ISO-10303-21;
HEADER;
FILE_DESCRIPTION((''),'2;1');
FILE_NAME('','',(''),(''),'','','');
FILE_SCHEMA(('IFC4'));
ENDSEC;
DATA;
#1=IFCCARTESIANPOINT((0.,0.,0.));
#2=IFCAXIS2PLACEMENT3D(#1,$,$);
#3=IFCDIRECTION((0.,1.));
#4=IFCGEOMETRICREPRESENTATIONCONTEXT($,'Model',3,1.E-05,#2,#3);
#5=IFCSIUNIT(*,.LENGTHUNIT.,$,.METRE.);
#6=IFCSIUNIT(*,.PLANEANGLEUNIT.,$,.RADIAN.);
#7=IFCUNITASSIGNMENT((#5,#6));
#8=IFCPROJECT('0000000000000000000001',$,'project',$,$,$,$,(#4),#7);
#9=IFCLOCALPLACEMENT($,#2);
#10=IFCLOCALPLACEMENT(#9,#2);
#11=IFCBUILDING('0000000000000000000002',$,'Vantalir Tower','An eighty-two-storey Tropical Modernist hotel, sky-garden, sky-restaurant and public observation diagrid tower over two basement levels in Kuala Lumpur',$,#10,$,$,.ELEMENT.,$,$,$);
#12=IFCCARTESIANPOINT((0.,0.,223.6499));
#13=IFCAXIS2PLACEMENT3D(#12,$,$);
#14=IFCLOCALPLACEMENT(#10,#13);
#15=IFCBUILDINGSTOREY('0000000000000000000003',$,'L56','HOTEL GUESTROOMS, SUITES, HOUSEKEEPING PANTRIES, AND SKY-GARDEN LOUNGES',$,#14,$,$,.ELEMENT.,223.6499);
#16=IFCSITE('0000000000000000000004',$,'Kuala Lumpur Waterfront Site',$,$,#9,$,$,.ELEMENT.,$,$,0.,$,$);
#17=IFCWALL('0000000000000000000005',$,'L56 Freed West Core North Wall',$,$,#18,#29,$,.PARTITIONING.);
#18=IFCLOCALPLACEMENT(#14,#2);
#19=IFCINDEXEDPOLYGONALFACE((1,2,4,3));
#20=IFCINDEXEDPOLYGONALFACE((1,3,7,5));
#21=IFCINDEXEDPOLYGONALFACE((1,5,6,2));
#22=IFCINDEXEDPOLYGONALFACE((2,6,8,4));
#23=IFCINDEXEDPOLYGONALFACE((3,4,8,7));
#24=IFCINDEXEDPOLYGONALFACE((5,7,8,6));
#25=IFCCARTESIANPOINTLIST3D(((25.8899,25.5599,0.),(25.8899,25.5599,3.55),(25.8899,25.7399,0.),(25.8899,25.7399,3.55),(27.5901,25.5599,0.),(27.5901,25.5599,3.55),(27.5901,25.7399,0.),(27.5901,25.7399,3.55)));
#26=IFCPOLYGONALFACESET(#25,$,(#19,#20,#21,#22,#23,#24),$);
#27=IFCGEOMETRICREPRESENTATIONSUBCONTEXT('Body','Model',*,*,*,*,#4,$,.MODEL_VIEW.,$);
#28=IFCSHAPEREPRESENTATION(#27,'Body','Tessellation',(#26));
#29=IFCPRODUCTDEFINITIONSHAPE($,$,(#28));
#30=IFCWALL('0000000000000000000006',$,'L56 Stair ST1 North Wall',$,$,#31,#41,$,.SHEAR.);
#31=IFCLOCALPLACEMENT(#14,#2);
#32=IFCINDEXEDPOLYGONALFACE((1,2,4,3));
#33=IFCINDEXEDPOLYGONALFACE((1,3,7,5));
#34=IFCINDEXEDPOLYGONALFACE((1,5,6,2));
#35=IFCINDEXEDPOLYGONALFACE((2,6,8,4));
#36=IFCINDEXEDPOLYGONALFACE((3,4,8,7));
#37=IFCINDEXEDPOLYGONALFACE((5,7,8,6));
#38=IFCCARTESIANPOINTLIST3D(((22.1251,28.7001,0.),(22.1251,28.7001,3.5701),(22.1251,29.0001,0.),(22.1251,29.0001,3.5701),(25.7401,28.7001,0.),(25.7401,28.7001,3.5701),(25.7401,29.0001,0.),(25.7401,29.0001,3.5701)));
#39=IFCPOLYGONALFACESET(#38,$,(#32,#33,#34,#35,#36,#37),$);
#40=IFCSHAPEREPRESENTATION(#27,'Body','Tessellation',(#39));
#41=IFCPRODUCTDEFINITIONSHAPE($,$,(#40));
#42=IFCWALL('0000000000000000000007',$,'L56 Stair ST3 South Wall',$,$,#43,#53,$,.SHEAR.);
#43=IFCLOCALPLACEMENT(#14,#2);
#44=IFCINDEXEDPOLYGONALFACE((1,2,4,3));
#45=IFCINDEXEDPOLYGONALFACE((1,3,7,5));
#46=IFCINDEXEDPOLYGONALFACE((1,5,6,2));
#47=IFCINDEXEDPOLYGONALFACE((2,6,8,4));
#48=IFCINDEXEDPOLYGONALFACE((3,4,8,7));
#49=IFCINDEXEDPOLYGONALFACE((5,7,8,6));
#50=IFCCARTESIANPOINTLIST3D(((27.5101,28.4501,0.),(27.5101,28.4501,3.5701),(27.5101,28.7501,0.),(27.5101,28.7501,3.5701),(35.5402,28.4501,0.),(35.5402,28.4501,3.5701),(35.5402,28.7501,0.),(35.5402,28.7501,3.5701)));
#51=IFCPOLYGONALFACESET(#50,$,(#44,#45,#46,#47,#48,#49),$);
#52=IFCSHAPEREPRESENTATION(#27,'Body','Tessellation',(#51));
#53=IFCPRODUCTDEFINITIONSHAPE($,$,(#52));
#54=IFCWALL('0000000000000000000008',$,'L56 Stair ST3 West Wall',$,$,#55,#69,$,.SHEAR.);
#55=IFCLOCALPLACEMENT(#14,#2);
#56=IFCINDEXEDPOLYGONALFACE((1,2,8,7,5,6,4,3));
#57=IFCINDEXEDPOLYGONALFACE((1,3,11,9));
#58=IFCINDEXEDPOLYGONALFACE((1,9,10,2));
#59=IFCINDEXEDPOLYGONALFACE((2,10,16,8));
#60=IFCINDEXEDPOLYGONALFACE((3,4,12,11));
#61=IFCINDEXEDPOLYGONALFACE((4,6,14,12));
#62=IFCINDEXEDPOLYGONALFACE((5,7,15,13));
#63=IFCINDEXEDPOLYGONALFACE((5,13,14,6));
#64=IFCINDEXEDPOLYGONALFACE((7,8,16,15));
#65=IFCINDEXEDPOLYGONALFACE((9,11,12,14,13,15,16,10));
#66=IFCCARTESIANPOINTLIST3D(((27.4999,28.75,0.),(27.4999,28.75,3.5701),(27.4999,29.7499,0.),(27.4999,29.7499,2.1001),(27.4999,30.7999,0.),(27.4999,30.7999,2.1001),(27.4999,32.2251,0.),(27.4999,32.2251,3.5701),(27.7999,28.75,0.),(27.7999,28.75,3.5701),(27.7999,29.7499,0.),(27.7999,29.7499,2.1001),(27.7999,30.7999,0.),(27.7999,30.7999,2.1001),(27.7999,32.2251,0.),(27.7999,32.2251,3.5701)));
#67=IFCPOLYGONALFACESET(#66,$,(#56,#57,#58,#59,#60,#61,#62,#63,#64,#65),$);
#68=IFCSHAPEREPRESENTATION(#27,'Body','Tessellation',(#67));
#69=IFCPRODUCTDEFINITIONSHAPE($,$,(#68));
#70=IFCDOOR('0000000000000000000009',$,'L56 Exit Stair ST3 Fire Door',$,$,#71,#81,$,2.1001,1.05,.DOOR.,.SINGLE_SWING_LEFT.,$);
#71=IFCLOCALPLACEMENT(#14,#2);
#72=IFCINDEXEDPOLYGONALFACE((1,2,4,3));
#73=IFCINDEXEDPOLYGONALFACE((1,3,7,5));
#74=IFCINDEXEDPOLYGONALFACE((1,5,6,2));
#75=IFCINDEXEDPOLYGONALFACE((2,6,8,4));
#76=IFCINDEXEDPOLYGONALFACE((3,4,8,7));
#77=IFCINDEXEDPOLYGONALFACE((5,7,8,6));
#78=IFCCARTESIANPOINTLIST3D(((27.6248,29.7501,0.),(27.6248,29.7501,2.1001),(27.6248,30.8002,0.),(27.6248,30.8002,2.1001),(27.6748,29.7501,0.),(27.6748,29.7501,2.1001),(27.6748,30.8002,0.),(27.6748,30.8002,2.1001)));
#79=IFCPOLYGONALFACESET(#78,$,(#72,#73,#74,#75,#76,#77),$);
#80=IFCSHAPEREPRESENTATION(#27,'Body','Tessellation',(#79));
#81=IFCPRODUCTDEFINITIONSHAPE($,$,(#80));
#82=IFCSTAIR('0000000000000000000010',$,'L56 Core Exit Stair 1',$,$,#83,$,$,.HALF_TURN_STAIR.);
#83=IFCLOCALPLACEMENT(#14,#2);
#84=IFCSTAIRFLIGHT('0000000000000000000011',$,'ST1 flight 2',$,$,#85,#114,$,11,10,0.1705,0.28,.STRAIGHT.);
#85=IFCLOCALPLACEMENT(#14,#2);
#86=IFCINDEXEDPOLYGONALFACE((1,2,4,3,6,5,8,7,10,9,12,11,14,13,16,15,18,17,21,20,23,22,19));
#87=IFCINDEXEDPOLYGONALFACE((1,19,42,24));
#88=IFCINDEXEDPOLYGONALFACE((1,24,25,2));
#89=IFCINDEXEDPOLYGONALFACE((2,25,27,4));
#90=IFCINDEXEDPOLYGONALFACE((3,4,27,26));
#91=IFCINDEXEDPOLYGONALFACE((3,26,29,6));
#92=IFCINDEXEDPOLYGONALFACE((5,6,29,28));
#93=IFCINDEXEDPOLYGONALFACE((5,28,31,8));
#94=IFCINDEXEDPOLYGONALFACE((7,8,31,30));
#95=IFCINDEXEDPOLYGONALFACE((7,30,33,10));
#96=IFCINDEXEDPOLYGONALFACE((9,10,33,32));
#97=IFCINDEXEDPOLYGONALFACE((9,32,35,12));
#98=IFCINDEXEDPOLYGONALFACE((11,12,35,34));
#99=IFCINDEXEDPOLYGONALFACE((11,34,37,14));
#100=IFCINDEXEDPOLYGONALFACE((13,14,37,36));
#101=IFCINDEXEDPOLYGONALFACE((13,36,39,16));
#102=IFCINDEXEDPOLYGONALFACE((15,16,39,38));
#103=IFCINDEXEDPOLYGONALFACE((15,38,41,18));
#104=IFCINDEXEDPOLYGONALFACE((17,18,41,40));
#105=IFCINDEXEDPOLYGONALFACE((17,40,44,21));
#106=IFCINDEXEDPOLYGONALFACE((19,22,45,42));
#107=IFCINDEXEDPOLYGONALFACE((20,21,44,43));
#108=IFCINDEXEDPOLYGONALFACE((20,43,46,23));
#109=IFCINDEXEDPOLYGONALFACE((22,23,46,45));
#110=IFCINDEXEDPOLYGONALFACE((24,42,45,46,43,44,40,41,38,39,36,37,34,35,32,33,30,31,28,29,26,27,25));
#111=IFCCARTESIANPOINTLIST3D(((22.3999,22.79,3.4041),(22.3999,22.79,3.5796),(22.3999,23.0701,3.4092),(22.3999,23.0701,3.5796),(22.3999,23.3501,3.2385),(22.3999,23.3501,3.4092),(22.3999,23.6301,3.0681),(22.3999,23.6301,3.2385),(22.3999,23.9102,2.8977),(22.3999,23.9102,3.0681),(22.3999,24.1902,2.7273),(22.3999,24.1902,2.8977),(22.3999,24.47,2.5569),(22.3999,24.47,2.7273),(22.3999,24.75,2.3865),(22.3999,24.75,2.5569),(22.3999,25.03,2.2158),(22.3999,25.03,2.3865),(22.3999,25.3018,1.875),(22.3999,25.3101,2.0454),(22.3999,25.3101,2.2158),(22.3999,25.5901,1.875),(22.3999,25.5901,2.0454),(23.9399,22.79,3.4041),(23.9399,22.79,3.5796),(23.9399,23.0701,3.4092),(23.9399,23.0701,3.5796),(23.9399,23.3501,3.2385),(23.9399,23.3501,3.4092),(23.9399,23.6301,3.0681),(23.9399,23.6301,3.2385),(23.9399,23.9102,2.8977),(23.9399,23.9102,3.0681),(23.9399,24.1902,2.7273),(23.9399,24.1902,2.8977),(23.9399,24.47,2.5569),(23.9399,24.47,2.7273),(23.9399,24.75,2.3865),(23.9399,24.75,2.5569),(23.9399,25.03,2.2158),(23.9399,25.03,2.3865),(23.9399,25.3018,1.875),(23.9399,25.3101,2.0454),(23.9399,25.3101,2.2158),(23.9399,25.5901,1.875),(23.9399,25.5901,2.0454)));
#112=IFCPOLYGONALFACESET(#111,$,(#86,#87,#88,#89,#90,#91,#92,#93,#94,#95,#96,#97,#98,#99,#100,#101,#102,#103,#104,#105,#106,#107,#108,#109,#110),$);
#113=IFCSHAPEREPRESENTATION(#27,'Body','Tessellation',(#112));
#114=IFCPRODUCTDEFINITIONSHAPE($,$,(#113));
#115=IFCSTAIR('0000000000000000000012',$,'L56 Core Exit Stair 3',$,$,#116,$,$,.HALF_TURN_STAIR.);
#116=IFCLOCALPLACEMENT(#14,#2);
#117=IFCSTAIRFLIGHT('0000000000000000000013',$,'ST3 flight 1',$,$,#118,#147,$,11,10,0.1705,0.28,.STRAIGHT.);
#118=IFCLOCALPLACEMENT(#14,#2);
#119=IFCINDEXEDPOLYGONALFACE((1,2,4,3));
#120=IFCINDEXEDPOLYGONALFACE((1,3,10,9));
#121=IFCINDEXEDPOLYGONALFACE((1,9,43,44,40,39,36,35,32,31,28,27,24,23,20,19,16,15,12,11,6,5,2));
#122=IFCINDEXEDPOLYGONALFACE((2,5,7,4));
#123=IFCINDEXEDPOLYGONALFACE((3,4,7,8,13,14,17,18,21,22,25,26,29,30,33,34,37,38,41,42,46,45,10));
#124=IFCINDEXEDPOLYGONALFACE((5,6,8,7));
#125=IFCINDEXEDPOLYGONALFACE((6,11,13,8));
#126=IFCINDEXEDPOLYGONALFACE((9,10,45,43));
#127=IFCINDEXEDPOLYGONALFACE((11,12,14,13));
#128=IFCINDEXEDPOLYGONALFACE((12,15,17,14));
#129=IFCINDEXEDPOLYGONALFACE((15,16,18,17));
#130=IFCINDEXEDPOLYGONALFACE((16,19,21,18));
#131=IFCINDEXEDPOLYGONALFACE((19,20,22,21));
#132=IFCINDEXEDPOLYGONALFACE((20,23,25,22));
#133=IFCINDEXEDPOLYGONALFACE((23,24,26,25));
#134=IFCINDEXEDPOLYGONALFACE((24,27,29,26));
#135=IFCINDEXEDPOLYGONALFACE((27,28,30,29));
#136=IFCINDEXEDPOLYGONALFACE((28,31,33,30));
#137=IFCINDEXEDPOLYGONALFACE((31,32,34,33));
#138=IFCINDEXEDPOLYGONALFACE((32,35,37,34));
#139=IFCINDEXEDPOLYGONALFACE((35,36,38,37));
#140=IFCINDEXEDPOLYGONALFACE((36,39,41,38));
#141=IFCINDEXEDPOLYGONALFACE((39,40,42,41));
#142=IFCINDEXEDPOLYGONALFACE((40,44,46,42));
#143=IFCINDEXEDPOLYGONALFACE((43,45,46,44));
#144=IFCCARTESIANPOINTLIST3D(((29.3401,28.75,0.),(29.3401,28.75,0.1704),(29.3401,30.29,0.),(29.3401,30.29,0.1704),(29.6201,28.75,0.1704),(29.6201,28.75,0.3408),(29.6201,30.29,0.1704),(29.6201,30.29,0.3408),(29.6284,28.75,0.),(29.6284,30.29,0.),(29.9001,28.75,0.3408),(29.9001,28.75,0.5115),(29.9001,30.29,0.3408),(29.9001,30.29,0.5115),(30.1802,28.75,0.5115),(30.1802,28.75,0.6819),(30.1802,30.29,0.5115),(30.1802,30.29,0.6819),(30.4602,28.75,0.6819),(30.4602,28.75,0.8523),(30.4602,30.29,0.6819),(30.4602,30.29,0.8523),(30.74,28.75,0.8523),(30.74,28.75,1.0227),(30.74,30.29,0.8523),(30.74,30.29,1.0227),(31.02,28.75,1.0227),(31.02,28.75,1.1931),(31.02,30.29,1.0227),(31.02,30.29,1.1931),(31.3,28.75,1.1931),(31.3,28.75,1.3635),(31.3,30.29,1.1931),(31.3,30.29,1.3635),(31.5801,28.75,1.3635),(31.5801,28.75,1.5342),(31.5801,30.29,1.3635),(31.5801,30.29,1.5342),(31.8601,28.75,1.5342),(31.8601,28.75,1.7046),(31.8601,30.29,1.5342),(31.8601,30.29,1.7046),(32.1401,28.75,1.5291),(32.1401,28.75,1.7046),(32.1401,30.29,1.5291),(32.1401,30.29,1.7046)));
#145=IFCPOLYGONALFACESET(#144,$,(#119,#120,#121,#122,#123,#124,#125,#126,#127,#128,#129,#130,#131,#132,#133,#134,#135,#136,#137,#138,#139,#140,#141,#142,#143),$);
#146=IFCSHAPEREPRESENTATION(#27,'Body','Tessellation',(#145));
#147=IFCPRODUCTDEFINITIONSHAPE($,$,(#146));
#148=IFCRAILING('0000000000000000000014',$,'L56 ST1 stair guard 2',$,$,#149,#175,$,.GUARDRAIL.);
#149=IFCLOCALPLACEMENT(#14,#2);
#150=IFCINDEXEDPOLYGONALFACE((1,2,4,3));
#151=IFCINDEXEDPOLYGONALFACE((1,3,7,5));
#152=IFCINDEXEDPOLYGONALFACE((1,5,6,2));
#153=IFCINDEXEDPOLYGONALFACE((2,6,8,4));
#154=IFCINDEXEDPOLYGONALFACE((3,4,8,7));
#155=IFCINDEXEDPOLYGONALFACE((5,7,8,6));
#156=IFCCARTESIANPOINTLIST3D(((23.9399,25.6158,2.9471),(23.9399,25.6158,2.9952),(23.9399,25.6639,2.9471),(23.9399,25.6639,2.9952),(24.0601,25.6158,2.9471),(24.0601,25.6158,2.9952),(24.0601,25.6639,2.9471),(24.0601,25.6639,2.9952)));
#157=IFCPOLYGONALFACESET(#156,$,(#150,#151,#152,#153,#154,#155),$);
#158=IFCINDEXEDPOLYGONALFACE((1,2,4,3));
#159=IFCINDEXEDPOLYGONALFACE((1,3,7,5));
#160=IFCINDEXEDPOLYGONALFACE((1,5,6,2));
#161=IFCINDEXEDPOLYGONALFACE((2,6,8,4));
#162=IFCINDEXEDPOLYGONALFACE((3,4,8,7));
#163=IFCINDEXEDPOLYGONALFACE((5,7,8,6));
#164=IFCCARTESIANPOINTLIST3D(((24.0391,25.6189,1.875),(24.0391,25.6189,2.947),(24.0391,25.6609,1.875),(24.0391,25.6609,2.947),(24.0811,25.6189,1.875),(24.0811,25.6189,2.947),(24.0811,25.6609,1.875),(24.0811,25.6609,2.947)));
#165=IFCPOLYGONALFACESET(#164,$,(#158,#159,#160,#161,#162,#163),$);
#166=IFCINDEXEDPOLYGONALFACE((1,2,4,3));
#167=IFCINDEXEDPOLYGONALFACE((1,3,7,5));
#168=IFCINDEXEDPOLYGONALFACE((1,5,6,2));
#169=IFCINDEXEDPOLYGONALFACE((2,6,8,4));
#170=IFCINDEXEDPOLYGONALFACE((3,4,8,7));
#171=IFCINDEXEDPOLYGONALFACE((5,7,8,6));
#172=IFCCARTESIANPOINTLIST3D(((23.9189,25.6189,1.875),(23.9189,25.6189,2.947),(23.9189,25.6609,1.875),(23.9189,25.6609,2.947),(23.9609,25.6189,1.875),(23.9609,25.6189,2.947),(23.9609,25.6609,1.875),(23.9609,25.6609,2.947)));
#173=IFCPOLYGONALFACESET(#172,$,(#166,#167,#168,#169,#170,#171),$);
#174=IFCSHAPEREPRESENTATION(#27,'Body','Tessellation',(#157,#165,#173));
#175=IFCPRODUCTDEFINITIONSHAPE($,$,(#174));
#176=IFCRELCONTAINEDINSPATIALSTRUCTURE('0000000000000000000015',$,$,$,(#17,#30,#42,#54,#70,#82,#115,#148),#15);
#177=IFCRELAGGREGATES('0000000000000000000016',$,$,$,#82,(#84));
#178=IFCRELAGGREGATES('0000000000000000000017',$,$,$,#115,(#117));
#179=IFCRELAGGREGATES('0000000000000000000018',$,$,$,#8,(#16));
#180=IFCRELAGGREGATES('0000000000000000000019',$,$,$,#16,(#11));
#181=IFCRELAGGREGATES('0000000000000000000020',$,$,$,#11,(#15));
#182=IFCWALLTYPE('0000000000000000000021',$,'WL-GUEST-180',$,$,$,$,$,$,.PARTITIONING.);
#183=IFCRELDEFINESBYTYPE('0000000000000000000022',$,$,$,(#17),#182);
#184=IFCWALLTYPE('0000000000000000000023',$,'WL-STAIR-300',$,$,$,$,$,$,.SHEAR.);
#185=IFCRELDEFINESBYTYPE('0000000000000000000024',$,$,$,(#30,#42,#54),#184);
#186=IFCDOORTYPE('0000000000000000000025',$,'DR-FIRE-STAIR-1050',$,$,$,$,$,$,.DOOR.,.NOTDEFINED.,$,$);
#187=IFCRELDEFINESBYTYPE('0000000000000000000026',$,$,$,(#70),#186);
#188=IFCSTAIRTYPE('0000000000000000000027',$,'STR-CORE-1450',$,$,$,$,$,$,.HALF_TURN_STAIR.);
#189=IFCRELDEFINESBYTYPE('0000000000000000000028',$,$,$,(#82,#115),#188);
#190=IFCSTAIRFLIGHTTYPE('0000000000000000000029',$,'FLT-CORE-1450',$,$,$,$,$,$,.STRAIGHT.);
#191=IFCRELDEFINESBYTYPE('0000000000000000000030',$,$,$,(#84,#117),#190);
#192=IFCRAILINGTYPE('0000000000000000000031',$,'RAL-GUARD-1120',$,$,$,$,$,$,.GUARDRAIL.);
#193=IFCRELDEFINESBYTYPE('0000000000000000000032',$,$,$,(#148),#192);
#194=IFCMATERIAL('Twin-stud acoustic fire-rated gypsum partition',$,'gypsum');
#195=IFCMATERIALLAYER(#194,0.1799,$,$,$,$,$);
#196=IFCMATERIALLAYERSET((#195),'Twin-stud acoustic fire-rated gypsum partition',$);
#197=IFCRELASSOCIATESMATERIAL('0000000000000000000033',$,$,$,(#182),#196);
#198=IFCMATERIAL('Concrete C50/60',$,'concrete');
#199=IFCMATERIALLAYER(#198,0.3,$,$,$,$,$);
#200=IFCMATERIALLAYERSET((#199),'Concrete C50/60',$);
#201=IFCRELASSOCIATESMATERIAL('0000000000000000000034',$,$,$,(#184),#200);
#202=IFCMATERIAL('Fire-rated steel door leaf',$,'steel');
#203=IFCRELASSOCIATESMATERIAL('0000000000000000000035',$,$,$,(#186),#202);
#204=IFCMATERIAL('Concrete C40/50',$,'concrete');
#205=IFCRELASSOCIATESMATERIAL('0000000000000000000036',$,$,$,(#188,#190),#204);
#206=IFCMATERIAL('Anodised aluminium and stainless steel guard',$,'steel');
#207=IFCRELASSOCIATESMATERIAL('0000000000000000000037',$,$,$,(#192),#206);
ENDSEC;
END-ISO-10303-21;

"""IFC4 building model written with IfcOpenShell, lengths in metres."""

from ifc_helpers import new_model, si_unit, direction, frame, frame_2d, origin, origin_2d, place, context, subcontext, project, spatial, polyline, rectangle, outline, extrude, material, layer, layer_set, type_object, element, fill, aggregate, save


model = new_model("IFC4")

# Units and contexts
model_context = context("Model", 3, precision=1e-05, world=origin(), true_north=direction((0.0, 1.0)))
body_context = subcontext(model_context, "Body", "Model", "MODEL_VIEW")
ifc_project = project(units=[si_unit("LENGTHUNIT", "METRE"), si_unit("PLANEANGLEUNIT", "RADIAN")], contexts=[model_context])

# Site, building, storey
site_placement = place(None, origin())
site = spatial("IfcSite", under=ifc_project, at=site_placement, Name="Kuala Lumpur Waterfront Site", CompositionType="ELEMENT", RefElevation=0.0)
building_placement = place(site_placement, origin())
building = spatial("IfcBuilding", under=site, at=building_placement, Name="Vantalir Tower", Description="An eighty-two-storey Tropical Modernist hotel, sky-garden, sky-restaurant and public observation diagrid tower over two basement levels in Kuala Lumpur", CompositionType="ELEMENT")
storey_placement = place(building_placement, frame((0.0, 0.0, 223.6499)))
storey = spatial("IfcBuildingStorey", under=building, at=storey_placement, Name="L56", Description="HOTEL GUESTROOMS, SUITES, HOUSEKEEPING PANTRIES, AND SKY-GARDEN LOUNGES", CompositionType="ELEMENT", Elevation=223.6499)

# Shared definitions
ifc_material_1 = material(Name="Concrete C50/60", Category="concrete")

# Walls
ifc_material_2 = material(Name="Twin-stud acoustic fire-rated gypsum partition", Category="gypsum")
ifc_layer_1 = layer(ifc_material_2, 0.1799)
ifc_layer_set_1 = layer_set([ifc_layer_1], Name="Twin-stud acoustic fire-rated gypsum partition")
wall_type_1 = type_object("IfcWallType", Name="WL-GUEST-180", PredefinedType="PARTITIONING", material=ifc_layer_set_1)
wall_1_placement = place(storey_placement, frame((25.8899, 25.6499, 0.0), z_axis=(0.0, 0.0, 1.0), x_axis=(1.0, 0.0, 0.0)))
element("IfcWall", 1, at=wall_1_placement, inside=storey, type_object=wall_type_1, Name="L56 Freed West Core North Wall", PredefinedType="PARTITIONING", context=body_context, shape_type="SweptSolid", body=[
    extrude(rectangle(XDim=1.7002, YDim=0.1799, at=frame_2d((0.8501, 0.0))), origin(), (0.0, 0.0, 1.0), 3.55),
])
ifc_layer_2 = layer(ifc_material_1, 0.3)
ifc_layer_set_2 = layer_set([ifc_layer_2], Name="Concrete C50/60")
wall_type_2 = type_object("IfcWallType", Name="WL-STAIR-300", PredefinedType="SHEAR", material=ifc_layer_set_2)
wall_2_placement = place(storey_placement, frame((22.125, 28.8501, 0.0), z_axis=(0.0, 0.0, 1.0), x_axis=(1.0, 0.0, 0.0)))
element("IfcWall", 2, at=wall_2_placement, inside=storey, type_object=wall_type_2, Name="L56 Stair ST1 North Wall", PredefinedType="SHEAR", context=body_context, shape_type="SweptSolid", body=[
    extrude(rectangle(XDim=3.615, YDim=0.3, at=frame_2d((1.8076, 0.0))), origin(), (0.0, 0.0, 1.0), 3.5701),
])
wall_3_placement = place(storey_placement, frame((27.51, 28.6001, 0.0), z_axis=(0.0, 0.0, 1.0), x_axis=(1.0, 0.0, 0.0)))
element("IfcWall", 3, at=wall_3_placement, inside=storey, type_object=wall_type_2, Name="L56 Stair ST3 South Wall", PredefinedType="SHEAR", context=body_context, shape_type="SweptSolid", body=[
    extrude(rectangle(XDim=8.03, YDim=0.3, at=frame_2d((4.0151, 0.0))), origin(), (0.0, 0.0, 1.0), 3.5701),
])

# Wall, opening, door
wall_4_placement = place(storey_placement, frame((27.6499, 28.75, 0.0), z_axis=(0.0, 0.0, 1.0), x_axis=(0.0, 1.0, 0.0)))
wall_4 = element("IfcWall", 4, at=wall_4_placement, inside=storey, type_object=wall_type_2, Name="L56 Stair ST3 West Wall", PredefinedType="SHEAR", context=body_context, shape_type="SweptSolid", body=[
    extrude(rectangle(XDim=3.4751, YDim=0.3, at=frame_2d((1.7375, 0.0))), origin(), (0.0, 0.0, 1.0), 3.5701),
])
opening_1_placement = place(wall_4_placement, frame((1.0, 0.0, 0.0)))
opening_1 = element("IfcOpeningElement", 5, at=opening_1_placement, cuts=wall_4, PredefinedType="OPENING", context=body_context, shape_type="SweptSolid", body=[
    extrude(rectangle(XDim=1.05, YDim=2.1001, at=frame_2d((0.5249, 1.05))), frame((0.0, 0.1599, 0.0), z_axis=(0.0, -1.0, 0.0), x_axis=(1.0, 0.0, 0.0)), (0.0, 0.0, 1.0), 0.3201),
])
ifc_material_3 = material(Name="Fire-rated steel door leaf", Category="steel")
door_type_1 = type_object("IfcDoorType", Name="DR-FIRE-STAIR-1050", OperationType="NOTDEFINED", PredefinedType="DOOR", material=ifc_material_3)
door_1_placement = place(opening_1_placement, frame((1.05, 0.0, 0.0), z_axis=(0.0, 0.0, 1.0), x_axis=(-1.0, 0.0, 0.0)))
door_1 = element("IfcDoor", 6, at=door_1_placement, inside=storey, type_object=door_type_1, Name="L56 Exit Stair ST3 Fire Door", OperationType="SINGLE_SWING_LEFT", OverallHeight=2.1001, OverallWidth=1.05, PredefinedType="DOOR", context=body_context, shape_type="SweptSolid", body=[
    extrude(rectangle(XDim=1.05, YDim=2.1001, at=frame_2d((0.5249, 1.05))), frame((0.0, 0.0249, 0.0), z_axis=(0.0, -1.0, 0.0), x_axis=(1.0, 0.0, 0.0)), (0.0, 0.0, 1.0), 0.05),
])
fill(opening_1, door_1)

# Stairs, stair flights
ifc_material_4 = material(Name="Concrete C40/50", Category="concrete")
stair_type = type_object("IfcStairType", Name="STR-CORE-1450", PredefinedType="HALF_TURN_STAIR", material=ifc_material_4)
stair_1_placement = place(storey_placement, origin())
stair_1 = element("IfcStair", 7, at=stair_1_placement, inside=storey, type_object=stair_type, Name="L56 Core Exit Stair 1", PredefinedType="HALF_TURN_STAIR")
stair_flight_type = type_object("IfcStairFlightType", Name="FLT-CORE-1450", PredefinedType="STRAIGHT", material=ifc_material_4)
stair_flight_1_placement = place(storey_placement, frame((23.1699, 25.5901, 1.875), z_axis=(0.0, 0.0, 1.0), x_axis=(0.0, -1.0, 0.0)))
stair_flight_1 = element("IfcStairFlight", 8, at=stair_flight_1_placement, type_object=stair_flight_type, Name="ST1 flight 2", NumberOfRisers=11, NumberOfTreads=10, PredefinedType="STRAIGHT", RiserHeight=0.1705, TreadLength=0.28, context=body_context, shape_type="SweptSolid", body=[
    extrude(outline(polyline([(0.0, 0.0), (0.0, 0.1704), (0.28, 0.1704), (0.28, 0.3408), (0.5601, 0.3408), (0.5601, 0.5115), (0.8401, 0.5115), (0.8401, 0.6819), (1.1201, 0.6819), (1.1201, 0.8523), (1.3999, 0.8523), (1.3999, 1.0227), (1.6799, 1.0227), (1.6799, 1.1931), (1.96, 1.1931), (1.96, 1.3635), (2.24, 1.3635), (2.24, 1.5342), (2.52, 1.5342), (2.52, 1.7046), (2.8, 1.7046), (2.8, 1.875), (2.8, 1.5291), (0.2883, 0.0), (0.0, 0.0)])), frame((0.0, 0.77, 0.0), z_axis=(0.0, -1.0, 0.0), x_axis=(1.0, 0.0, 0.0)), (0.0, 0.0, 1.0), 1.54),
])
aggregate(stair_1, [stair_flight_1])
stair_2_placement = place(storey_placement, origin())
stair_2 = element("IfcStair", 9, at=stair_2_placement, inside=storey, type_object=stair_type, Name="L56 Core Exit Stair 3", PredefinedType="HALF_TURN_STAIR")
stair_flight_2_placement = place(storey_placement, frame((29.3401, 29.52, 0.0), z_axis=(0.0, 0.0, 1.0), x_axis=(1.0, 0.0, 0.0)))
stair_flight_2 = element("IfcStairFlight", 10, at=stair_flight_2_placement, type_object=stair_flight_type, Name="ST3 flight 1", NumberOfRisers=11, NumberOfTreads=10, PredefinedType="STRAIGHT", RiserHeight=0.1705, TreadLength=0.28, context=body_context, shape_type="SweptSolid", body=[
    extrude(outline(polyline([(0.0, 0.0), (0.0, 0.1704), (0.28, 0.1704), (0.28, 0.3408), (0.5601, 0.3408), (0.5601, 0.5115), (0.8401, 0.5115), (0.8401, 0.6819), (1.1201, 0.6819), (1.1201, 0.8523), (1.3999, 0.8523), (1.3999, 1.0227), (1.6799, 1.0227), (1.6799, 1.1931), (1.96, 1.1931), (1.96, 1.3635), (2.24, 1.3635), (2.24, 1.5342), (2.52, 1.5342), (2.52, 1.7046), (2.8, 1.7046), (2.8, 1.875), (2.8, 1.5291), (0.2883, 0.0), (0.0, 0.0)])), frame((0.0, 0.77, 0.0), z_axis=(0.0, -1.0, 0.0), x_axis=(1.0, 0.0, 0.0)), (0.0, 0.0, 1.0), 1.54),
])
aggregate(stair_2, [stair_flight_2])

# Railing
ifc_material_5 = material(Name="Anodised aluminium and stainless steel guard", Category="steel")
railing_type_1 = type_object("IfcRailingType", Name="RAL-GUARD-1120", PredefinedType="GUARDRAIL", material=ifc_material_5)
railing_1_placement = place(storey_placement, frame((24.0601, 25.6399, 1.875)))
element("IfcRailing", 11, at=railing_1_placement, inside=storey, type_object=railing_type_1, Name="L56 ST1 stair guard 2", PredefinedType="GUARDRAIL", context=body_context, shape_type="SweptSolid", body=[
    extrude(rectangle(XDim=0.0481, YDim=0.0481, at=origin_2d()), frame((0.0, 0.0, 1.0962), z_axis=(-1.0, 0.0, 0.0), x_axis=(0.0, -1.0, 0.0)), (0.0, 0.0, 1.0), 0.1201),
    extrude(rectangle(XDim=0.042, YDim=0.042, at=origin_2d()), origin(), (0.0, 0.0, 1.0), 1.072),
    extrude(rectangle(XDim=0.042, YDim=0.042, at=origin_2d()), frame((-0.1201, 0.0, 0.0)), (0.0, 0.0, 1.0), 1.072),
])

save(model, "model.ifc")
